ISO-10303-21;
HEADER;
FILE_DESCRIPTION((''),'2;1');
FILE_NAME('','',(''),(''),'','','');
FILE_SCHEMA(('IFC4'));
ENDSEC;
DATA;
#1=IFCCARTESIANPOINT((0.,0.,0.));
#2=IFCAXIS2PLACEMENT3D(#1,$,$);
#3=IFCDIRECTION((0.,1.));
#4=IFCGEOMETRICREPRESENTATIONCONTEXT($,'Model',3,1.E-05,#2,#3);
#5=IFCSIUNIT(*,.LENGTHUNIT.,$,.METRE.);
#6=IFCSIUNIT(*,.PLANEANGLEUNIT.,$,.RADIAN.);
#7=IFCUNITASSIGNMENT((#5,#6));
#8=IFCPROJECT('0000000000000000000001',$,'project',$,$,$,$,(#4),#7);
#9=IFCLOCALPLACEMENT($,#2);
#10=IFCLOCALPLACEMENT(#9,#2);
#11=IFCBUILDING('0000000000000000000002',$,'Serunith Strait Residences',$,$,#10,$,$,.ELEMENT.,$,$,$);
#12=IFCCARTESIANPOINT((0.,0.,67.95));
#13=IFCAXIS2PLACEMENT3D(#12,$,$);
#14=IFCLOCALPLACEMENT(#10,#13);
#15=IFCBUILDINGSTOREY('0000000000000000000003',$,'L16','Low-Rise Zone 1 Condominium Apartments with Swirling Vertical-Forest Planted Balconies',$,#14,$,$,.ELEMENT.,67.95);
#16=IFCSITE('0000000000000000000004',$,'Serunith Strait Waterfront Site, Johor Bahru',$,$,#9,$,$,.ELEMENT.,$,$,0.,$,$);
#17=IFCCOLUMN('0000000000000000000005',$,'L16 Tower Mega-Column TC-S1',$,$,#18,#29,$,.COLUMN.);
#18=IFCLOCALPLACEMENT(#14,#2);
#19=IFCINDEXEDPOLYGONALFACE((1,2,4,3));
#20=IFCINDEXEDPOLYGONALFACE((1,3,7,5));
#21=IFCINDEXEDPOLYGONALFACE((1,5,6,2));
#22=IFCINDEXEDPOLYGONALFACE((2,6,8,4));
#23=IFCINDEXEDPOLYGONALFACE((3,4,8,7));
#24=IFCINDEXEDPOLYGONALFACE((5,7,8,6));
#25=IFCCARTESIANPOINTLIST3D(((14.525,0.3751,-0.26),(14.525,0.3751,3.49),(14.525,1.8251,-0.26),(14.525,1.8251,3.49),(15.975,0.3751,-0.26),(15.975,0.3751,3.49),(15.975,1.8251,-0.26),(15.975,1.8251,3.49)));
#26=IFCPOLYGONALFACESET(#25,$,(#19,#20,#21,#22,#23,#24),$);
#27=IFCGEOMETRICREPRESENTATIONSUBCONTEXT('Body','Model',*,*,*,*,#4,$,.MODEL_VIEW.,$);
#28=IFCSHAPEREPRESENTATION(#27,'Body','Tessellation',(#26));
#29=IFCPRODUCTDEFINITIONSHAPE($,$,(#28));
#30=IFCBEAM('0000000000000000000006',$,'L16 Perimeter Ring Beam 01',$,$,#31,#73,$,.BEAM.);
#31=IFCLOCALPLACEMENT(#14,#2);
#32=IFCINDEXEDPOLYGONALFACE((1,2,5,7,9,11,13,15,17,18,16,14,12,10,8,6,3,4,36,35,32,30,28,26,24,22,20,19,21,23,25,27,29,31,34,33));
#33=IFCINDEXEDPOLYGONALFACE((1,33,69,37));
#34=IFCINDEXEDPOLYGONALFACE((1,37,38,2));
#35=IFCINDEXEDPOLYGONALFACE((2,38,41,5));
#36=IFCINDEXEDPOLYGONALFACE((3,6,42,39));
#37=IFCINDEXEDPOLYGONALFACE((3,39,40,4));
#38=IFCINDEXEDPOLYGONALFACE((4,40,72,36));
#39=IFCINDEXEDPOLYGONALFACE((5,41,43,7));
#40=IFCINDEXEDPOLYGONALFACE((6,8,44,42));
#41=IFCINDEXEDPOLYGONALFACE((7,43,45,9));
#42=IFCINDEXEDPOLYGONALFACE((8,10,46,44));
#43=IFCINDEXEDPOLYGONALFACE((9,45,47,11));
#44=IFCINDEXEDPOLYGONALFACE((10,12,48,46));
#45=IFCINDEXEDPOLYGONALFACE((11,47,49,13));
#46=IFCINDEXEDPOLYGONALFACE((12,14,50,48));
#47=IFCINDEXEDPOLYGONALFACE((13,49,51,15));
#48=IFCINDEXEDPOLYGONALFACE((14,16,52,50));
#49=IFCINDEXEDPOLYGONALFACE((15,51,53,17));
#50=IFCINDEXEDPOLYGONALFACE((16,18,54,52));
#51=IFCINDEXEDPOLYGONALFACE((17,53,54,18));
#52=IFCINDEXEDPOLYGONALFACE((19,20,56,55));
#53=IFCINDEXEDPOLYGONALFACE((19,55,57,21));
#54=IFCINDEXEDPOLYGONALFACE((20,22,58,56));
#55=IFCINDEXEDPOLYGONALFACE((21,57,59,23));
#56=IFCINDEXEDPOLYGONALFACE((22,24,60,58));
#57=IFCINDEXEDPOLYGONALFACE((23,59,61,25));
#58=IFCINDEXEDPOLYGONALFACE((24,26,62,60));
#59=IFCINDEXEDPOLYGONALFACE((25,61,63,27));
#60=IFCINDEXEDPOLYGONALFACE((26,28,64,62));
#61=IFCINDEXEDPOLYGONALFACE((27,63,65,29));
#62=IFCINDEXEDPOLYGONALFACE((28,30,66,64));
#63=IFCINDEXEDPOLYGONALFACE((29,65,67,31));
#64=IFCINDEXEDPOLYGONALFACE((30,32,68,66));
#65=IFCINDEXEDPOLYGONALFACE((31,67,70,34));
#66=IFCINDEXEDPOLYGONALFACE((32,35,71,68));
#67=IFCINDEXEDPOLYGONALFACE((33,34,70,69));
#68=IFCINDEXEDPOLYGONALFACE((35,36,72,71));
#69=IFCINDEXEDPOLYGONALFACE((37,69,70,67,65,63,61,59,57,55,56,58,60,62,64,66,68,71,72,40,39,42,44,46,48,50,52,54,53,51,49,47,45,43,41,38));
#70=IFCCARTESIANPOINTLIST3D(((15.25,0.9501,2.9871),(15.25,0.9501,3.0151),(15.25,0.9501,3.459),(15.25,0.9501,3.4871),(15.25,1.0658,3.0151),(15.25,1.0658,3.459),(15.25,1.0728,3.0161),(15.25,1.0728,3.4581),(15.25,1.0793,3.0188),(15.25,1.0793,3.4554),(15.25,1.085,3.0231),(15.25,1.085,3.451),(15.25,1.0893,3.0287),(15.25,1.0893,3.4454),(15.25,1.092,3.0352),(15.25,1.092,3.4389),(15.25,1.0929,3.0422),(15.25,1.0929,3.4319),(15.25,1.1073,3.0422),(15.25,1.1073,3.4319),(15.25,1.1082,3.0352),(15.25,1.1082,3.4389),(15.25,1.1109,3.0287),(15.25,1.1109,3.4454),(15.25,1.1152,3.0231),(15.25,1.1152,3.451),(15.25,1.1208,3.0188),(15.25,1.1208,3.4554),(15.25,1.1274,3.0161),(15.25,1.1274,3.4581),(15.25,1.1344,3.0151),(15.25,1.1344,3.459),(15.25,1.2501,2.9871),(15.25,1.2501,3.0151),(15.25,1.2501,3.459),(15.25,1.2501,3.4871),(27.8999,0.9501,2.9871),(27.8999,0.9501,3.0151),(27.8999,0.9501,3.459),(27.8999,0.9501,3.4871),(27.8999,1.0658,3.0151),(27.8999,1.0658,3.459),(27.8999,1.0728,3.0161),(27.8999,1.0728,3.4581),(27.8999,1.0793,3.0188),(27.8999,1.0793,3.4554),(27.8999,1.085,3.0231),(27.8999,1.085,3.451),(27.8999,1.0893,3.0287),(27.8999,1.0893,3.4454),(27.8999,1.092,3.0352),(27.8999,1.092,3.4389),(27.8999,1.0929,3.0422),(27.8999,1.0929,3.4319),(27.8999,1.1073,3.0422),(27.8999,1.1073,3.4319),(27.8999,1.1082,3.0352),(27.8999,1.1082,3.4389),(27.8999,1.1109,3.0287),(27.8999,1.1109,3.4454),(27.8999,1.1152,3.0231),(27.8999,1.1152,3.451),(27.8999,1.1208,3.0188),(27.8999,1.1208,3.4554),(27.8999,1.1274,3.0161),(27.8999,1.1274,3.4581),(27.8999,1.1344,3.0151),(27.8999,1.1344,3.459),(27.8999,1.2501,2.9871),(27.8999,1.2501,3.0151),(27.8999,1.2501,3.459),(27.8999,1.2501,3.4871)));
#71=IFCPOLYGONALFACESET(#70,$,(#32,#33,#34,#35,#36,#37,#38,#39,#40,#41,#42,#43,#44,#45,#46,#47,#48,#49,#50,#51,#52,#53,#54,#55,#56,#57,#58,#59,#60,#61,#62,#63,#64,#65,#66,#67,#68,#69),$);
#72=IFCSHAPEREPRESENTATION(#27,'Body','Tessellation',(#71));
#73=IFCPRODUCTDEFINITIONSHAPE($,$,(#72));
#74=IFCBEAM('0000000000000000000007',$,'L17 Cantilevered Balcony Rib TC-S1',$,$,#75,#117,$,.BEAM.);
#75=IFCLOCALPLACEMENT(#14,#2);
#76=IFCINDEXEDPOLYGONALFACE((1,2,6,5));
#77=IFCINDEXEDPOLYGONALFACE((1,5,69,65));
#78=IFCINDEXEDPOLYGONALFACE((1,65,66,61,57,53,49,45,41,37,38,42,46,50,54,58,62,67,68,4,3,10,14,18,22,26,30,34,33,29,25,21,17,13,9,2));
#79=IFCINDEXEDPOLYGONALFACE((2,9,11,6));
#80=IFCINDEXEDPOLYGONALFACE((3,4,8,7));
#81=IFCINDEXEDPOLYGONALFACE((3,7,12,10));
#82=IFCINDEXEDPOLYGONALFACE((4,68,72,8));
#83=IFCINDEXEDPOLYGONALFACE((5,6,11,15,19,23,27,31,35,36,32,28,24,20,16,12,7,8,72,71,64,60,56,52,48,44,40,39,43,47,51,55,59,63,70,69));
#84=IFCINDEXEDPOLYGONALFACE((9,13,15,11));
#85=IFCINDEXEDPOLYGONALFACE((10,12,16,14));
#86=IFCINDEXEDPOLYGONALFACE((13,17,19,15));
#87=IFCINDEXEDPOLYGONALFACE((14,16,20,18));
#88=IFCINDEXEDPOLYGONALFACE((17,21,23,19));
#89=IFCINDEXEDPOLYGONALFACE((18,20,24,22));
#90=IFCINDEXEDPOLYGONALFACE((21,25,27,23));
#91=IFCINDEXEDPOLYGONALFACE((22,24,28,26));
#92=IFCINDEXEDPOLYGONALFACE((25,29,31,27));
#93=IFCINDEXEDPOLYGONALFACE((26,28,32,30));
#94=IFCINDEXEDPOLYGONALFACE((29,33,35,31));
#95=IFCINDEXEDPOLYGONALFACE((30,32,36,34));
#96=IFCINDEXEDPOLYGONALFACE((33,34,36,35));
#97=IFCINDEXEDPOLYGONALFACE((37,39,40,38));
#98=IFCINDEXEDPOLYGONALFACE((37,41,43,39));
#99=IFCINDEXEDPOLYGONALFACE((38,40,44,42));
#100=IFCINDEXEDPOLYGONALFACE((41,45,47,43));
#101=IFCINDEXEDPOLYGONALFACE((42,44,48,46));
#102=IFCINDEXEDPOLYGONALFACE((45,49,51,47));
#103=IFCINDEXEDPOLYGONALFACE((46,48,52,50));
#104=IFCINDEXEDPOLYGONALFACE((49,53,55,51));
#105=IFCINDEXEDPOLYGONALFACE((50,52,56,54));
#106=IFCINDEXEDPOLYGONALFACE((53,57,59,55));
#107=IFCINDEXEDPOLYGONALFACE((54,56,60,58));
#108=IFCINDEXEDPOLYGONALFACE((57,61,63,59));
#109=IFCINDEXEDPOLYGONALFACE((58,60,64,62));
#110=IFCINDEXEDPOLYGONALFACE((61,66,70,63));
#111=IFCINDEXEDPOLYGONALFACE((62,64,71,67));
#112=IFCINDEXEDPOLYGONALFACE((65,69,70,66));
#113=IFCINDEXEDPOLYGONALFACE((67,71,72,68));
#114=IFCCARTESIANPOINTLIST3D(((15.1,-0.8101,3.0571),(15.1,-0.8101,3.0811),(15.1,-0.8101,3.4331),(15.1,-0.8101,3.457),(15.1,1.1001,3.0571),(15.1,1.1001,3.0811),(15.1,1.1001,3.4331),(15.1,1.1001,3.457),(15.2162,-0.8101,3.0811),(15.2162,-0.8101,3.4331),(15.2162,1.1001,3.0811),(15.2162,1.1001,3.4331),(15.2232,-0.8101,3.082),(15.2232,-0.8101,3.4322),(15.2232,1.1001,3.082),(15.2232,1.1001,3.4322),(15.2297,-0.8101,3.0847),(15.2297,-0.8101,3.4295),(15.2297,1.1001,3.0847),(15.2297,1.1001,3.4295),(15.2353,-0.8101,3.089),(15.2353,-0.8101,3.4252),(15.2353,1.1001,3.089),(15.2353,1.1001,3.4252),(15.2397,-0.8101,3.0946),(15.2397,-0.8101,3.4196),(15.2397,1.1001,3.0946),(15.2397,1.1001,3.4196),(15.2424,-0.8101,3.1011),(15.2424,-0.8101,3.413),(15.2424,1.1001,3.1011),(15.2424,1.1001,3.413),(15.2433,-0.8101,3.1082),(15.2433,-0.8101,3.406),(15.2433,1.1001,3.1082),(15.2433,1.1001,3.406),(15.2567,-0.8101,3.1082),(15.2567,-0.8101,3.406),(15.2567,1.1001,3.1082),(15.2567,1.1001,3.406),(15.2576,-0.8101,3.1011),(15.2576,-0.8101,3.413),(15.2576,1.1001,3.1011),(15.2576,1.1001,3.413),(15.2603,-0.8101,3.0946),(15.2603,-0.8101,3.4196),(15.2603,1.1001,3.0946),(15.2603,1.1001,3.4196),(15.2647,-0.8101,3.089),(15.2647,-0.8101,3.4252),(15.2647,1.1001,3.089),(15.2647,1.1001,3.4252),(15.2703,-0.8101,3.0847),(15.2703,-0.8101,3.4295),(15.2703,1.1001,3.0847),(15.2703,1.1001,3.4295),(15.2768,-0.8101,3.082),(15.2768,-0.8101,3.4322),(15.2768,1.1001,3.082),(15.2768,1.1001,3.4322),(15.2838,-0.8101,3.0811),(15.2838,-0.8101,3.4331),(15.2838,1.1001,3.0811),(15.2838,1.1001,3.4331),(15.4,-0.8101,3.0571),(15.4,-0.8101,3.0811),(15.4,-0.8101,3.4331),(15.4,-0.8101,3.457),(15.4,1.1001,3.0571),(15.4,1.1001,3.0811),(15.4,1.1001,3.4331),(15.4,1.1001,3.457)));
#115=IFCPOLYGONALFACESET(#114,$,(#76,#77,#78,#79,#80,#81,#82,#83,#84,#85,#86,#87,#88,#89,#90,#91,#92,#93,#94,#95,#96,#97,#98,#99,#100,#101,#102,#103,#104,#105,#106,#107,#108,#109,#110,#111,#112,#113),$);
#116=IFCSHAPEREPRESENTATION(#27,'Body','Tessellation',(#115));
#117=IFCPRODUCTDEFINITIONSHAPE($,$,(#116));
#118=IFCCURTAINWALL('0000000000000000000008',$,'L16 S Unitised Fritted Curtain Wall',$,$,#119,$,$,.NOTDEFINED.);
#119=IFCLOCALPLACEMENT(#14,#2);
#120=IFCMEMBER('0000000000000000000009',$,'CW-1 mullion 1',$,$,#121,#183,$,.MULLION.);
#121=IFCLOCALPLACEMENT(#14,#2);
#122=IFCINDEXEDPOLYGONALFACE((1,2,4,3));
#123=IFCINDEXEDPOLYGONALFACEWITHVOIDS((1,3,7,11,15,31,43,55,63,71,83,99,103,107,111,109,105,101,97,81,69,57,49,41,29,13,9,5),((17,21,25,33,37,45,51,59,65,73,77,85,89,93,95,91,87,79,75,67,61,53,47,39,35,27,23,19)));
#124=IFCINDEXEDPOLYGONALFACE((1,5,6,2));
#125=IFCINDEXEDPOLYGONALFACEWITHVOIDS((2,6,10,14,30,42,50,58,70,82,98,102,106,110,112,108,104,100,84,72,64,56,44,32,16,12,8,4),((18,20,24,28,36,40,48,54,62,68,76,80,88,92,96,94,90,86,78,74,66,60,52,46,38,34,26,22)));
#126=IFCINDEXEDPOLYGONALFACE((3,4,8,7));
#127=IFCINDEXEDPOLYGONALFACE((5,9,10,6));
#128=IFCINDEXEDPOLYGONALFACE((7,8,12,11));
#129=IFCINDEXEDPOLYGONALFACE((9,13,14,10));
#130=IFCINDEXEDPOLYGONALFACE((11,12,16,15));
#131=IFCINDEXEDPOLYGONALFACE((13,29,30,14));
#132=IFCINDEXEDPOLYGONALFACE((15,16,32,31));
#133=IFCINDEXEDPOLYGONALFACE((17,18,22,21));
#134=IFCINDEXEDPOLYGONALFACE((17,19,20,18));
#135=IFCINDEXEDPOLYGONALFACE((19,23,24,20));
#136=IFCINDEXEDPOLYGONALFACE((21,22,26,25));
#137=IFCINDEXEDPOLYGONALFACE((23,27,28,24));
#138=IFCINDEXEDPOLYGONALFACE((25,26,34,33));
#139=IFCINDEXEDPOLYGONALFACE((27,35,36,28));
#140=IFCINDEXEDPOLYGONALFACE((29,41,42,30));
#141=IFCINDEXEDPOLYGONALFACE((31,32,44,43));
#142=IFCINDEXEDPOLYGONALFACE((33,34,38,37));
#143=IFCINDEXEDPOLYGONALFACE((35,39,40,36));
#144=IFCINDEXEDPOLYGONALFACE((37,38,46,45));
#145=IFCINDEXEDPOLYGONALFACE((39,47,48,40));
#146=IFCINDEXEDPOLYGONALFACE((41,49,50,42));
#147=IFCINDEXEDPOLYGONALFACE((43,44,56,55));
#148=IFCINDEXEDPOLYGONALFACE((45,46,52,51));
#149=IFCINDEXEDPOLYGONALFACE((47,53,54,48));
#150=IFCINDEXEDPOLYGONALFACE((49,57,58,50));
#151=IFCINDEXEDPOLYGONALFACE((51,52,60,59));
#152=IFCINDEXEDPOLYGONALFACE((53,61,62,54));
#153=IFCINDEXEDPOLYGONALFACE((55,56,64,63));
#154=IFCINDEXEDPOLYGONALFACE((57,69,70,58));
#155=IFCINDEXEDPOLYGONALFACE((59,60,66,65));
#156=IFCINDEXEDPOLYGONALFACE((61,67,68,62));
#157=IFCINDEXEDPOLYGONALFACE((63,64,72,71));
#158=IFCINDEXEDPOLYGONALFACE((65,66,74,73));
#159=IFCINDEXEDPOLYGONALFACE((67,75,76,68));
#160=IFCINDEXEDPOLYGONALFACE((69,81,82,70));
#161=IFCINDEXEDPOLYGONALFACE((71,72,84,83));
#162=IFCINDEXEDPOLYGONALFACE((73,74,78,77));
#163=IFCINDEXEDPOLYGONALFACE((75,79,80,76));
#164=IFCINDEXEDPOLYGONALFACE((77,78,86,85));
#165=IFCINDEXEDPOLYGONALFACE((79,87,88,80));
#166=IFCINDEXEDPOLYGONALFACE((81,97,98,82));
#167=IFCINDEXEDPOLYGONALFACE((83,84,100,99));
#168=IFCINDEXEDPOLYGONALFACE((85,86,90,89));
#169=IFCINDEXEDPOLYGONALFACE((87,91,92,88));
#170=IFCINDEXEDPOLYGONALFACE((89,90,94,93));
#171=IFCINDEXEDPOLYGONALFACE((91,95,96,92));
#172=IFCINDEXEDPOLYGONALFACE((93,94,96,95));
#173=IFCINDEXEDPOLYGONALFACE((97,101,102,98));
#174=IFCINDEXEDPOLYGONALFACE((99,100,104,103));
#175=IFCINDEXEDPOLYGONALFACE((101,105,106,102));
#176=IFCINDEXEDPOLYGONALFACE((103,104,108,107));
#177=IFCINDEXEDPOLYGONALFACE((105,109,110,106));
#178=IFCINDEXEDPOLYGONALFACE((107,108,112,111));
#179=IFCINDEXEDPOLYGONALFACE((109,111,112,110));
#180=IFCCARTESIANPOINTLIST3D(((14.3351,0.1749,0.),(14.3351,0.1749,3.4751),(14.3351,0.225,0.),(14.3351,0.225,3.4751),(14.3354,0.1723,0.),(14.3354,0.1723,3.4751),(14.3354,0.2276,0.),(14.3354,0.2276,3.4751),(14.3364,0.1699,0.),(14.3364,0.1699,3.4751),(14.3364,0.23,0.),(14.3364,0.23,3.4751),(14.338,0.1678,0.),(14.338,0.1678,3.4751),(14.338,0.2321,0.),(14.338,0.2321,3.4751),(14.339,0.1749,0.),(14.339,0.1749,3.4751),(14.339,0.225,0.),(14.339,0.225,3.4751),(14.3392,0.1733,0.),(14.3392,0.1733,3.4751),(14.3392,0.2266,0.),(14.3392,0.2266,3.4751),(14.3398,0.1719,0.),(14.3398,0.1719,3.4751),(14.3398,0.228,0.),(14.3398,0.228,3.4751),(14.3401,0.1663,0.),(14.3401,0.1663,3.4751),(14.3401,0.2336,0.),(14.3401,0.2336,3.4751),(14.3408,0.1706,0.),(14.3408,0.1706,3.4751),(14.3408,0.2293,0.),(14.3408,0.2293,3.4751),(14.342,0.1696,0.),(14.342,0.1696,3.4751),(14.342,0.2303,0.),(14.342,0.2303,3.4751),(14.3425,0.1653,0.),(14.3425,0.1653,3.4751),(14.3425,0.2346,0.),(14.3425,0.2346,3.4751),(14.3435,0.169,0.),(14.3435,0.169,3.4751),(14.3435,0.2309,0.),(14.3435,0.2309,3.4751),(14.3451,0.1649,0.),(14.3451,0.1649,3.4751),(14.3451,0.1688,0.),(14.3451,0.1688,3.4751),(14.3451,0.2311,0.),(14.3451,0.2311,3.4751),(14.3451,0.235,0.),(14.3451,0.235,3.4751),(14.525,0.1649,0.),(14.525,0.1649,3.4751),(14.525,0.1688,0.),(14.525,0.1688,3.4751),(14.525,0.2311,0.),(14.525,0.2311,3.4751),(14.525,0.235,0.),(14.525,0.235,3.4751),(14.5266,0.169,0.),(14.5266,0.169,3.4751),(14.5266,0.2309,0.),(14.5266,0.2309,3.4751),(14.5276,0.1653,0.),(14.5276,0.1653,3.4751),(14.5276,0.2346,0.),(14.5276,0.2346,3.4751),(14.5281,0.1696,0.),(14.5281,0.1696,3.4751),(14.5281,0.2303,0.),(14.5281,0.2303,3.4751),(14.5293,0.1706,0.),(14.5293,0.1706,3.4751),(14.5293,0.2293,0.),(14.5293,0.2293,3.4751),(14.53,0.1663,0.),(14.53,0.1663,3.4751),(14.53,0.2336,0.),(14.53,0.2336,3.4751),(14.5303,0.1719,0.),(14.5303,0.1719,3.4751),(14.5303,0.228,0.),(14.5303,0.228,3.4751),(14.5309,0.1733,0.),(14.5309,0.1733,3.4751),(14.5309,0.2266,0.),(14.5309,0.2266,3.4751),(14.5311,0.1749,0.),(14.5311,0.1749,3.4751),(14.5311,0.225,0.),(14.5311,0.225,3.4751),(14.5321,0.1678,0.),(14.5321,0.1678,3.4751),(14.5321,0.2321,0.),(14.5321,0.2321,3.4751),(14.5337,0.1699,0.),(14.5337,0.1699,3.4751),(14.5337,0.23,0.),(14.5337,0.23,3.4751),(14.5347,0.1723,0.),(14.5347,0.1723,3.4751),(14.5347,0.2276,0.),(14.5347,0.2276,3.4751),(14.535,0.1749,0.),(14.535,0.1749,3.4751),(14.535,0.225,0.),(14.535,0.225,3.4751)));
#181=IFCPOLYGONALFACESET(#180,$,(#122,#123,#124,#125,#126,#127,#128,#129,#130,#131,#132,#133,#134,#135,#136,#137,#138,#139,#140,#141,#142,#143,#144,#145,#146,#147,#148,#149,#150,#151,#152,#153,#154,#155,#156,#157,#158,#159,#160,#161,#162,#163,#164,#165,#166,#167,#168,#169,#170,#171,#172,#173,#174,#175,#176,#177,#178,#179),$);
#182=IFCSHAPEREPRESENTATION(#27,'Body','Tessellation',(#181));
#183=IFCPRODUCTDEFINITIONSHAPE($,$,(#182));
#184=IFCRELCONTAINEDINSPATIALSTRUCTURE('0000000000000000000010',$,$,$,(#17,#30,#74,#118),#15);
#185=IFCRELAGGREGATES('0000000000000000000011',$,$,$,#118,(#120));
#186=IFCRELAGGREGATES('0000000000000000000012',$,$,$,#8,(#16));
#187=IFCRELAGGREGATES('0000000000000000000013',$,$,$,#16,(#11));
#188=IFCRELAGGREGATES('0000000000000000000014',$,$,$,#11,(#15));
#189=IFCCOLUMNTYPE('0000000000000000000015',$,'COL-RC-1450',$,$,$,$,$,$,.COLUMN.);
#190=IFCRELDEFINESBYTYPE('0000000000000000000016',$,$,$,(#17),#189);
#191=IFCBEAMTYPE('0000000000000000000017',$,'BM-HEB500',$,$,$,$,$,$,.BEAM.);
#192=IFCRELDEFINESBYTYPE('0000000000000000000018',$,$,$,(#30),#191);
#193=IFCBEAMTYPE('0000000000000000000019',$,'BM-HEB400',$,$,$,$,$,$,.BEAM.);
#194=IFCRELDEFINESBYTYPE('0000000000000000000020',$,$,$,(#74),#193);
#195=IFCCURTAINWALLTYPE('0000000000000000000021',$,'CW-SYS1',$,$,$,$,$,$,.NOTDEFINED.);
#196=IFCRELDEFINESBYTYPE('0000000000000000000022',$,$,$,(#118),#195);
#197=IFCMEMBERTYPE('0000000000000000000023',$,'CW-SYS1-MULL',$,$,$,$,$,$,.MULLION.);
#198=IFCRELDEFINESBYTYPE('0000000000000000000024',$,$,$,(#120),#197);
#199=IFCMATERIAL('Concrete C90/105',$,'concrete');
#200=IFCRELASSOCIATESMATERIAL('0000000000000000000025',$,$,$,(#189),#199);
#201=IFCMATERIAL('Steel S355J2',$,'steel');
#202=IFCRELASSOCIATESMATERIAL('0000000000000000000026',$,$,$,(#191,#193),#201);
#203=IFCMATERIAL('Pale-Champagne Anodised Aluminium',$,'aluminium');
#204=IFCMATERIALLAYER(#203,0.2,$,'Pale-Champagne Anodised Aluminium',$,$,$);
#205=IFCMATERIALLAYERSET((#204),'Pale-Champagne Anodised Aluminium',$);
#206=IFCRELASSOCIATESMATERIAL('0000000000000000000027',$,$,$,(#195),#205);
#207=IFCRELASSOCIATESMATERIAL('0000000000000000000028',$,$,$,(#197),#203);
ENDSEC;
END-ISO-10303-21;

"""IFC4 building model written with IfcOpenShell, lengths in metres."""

from ifc_helpers import new_model, si_unit, direction, frame, origin, origin_2d, place, context, subcontext, project, spatial, rectangle, hollow_rectangle, i_section, extrude, source, transform, mapped, material, layer, layer_set, material_profile, profile_set, type_object, element, aggregate, save


model = new_model("IFC4")

# Units and contexts
model_context = context("Model", 3, precision=1e-05, world=origin(), true_north=direction((0.0, 1.0)))
body_context = subcontext(model_context, "Body", "Model", "MODEL_VIEW")
ifc_project = project(units=[si_unit("LENGTHUNIT", "METRE"), si_unit("PLANEANGLEUNIT", "RADIAN")], contexts=[model_context])

# Site, building, storey
site_placement = place(None, origin())
site = spatial("IfcSite", under=ifc_project, at=site_placement, Name="Serunith Strait Waterfront Site, Johor Bahru", CompositionType="ELEMENT", RefElevation=0.0)
building_placement = place(site_placement, origin())
building = spatial("IfcBuilding", under=site, at=building_placement, Name="Serunith Strait Residences", CompositionType="ELEMENT")
storey_placement = place(building_placement, frame((0.0, 0.0, 67.95)))
storey = spatial("IfcBuildingStorey", under=building, at=storey_placement, Name="L16", Description="Low-Rise Zone 1 Condominium Apartments with Swirling Vertical-Forest Planted Balconies", CompositionType="ELEMENT", Elevation=67.95)

# Column
ifc_material_1 = material(Name="Concrete C90/105", Category="concrete")
ifc_material_profile_1 = material_profile(ifc_material_1, rectangle(XDim=1.45, YDim=1.45, at=origin_2d()), Name="RC 1450x1450")
ifc_profile_set_1 = profile_set([ifc_material_profile_1], Name="Concrete C90/105")
column_type = type_object("IfcColumnType", Name="COL-RC-1450", PredefinedType="COLUMN", material=ifc_profile_set_1)
shared_shape_1 = source(origin(), body_context, "Body", "SweptSolid", [
    extrude(rectangle(XDim=1.45, YDim=1.45, at=origin_2d()), origin(), (0.0, 0.0, 1.0), 3.75),
])
column_placement = place(storey_placement, frame((15.25, 1.1001, -0.26), z_axis=(0.0, 0.0, 1.0), x_axis=(1.0, 0.0, 0.0)))
element("IfcColumn", 1, at=column_placement, inside=storey, type_object=column_type, Name="L16 Tower Mega-Column TC-S1", PredefinedType="COLUMN", context=body_context, shape_type="MappedRepresentation", body=[
    mapped(shared_shape_1, transform((0.0, 0.0, 0.0), scale=1.0)),
])

# Beams
ifc_material_2 = material(Name="Steel S355J2", Category="steel")
ifc_material_profile_2 = material_profile(ifc_material_2, i_section(OverallWidth=0.3, OverallDepth=0.5, WebThickness=0.0144, FlangeThickness=0.0281, FilletRadius=0.0271, at=origin_2d()), Name="HEB 500")
ifc_profile_set_2 = profile_set([ifc_material_profile_2], Name="Steel S355J2")
beam_type_1 = type_object("IfcBeamType", Name="BM-HEB500", PredefinedType="BEAM", material=ifc_profile_set_2)
shared_shape_2 = source(origin(), body_context, "Body", "SweptSolid", [
    extrude(i_section(OverallWidth=0.3, OverallDepth=0.5, WebThickness=0.0144, FlangeThickness=0.0281, FilletRadius=0.0271, at=origin_2d()), origin(), (0.0, 0.0, 1.0), 12.6499),
])
beam_1_placement = place(storey_placement, frame((15.25, 1.1001, 3.2371), z_axis=(1.0, 0.0, 0.0), x_axis=(0.0, 1.0, 0.0)))
element("IfcBeam", 2, at=beam_1_placement, inside=storey, type_object=beam_type_1, Name="L16 Perimeter Ring Beam 01", PredefinedType="BEAM", context=body_context, shape_type="MappedRepresentation", body=[
    mapped(shared_shape_2, transform((0.0, 0.0, 0.0), scale=1.0)),
])
ifc_material_profile_3 = material_profile(ifc_material_2, i_section(OverallWidth=0.3, OverallDepth=0.3999, WebThickness=0.0134, FlangeThickness=0.0239, FilletRadius=0.0271, at=origin_2d()), Name="HEB 400")
ifc_profile_set_3 = profile_set([ifc_material_profile_3], Name="Steel S355J2")
beam_type_2 = type_object("IfcBeamType", Name="BM-HEB400", PredefinedType="BEAM", material=ifc_profile_set_3)
shared_shape_3 = source(origin(), body_context, "Body", "SweptSolid", [
    extrude(i_section(OverallWidth=0.3, OverallDepth=0.3999, WebThickness=0.0134, FlangeThickness=0.0239, FilletRadius=0.0271, at=origin_2d()), origin(), (0.0, 0.0, 1.0), 1.9102),
])
beam_2_placement = place(storey_placement, frame((15.25, 1.1001, 3.2571), z_axis=(0.0, -1.0, 0.0), x_axis=(1.0, 0.0, 0.0)))
element("IfcBeam", 3, at=beam_2_placement, inside=storey, type_object=beam_type_2, Name="L17 Cantilevered Balcony Rib TC-S1", PredefinedType="BEAM", context=body_context, shape_type="MappedRepresentation", body=[
    mapped(shared_shape_3, transform((0.0, 0.0, 0.0), scale=1.0)),
])

# Curtain wall, member
ifc_material_3 = material(Name="Pale-Champagne Anodised Aluminium", Category="aluminium")
ifc_layer_1 = layer(ifc_material_3, 0.2, Name="Pale-Champagne Anodised Aluminium")
ifc_layer_set_1 = layer_set([ifc_layer_1], Name="Pale-Champagne Anodised Aluminium")
curtain_wall_type = type_object("IfcCurtainWallType", Name="CW-SYS1", PredefinedType="NOTDEFINED", material=ifc_layer_set_1)
curtain_wall_1_placement = place(storey_placement, origin())
curtain_wall_1 = element("IfcCurtainWall", 4, at=curtain_wall_1_placement, inside=storey, type_object=curtain_wall_type, Name="L16 S Unitised Fritted Curtain Wall", PredefinedType="NOTDEFINED")
ifc_material_profile_4 = material_profile(ifc_material_3, hollow_rectangle(XDim=0.0701, YDim=0.2, WallThickness=0.0039, InnerFilletRadius=0.0061, OuterFilletRadius=0.01, at=origin_2d()), Name="ALU 200x70x4")
ifc_profile_set_4 = profile_set([ifc_material_profile_4], Name="Pale-Champagne Anodised Aluminium")
member_type_1 = type_object("IfcMemberType", Name="CW-SYS1-MULL", PredefinedType="MULLION", material=ifc_profile_set_4)
shared_shape_4 = source(origin(), body_context, "Body", "SweptSolid", [
    extrude(hollow_rectangle(XDim=0.0701, YDim=0.2, WallThickness=0.0039, InnerFilletRadius=0.0061, OuterFilletRadius=0.01, at=origin_2d()), origin(), (0.0, 0.0, 1.0), 3.4751),
])
member_1_placement = place(storey_placement, frame((14.4351, 0.2, 0.0), z_axis=(0.0, 0.0, 1.0), x_axis=(0.0, 1.0, 0.0)))
member_1 = element("IfcMember", 5, at=member_1_placement, type_object=member_type_1, Name="CW-1 mullion 1", PredefinedType="MULLION", context=body_context, shape_type="MappedRepresentation", body=[
    mapped(shared_shape_4, transform((0.0, 0.0, 0.0), scale=1.0)),
])

aggregate(curtain_wall_1, [member_1])

save(model, "model.ifc")
